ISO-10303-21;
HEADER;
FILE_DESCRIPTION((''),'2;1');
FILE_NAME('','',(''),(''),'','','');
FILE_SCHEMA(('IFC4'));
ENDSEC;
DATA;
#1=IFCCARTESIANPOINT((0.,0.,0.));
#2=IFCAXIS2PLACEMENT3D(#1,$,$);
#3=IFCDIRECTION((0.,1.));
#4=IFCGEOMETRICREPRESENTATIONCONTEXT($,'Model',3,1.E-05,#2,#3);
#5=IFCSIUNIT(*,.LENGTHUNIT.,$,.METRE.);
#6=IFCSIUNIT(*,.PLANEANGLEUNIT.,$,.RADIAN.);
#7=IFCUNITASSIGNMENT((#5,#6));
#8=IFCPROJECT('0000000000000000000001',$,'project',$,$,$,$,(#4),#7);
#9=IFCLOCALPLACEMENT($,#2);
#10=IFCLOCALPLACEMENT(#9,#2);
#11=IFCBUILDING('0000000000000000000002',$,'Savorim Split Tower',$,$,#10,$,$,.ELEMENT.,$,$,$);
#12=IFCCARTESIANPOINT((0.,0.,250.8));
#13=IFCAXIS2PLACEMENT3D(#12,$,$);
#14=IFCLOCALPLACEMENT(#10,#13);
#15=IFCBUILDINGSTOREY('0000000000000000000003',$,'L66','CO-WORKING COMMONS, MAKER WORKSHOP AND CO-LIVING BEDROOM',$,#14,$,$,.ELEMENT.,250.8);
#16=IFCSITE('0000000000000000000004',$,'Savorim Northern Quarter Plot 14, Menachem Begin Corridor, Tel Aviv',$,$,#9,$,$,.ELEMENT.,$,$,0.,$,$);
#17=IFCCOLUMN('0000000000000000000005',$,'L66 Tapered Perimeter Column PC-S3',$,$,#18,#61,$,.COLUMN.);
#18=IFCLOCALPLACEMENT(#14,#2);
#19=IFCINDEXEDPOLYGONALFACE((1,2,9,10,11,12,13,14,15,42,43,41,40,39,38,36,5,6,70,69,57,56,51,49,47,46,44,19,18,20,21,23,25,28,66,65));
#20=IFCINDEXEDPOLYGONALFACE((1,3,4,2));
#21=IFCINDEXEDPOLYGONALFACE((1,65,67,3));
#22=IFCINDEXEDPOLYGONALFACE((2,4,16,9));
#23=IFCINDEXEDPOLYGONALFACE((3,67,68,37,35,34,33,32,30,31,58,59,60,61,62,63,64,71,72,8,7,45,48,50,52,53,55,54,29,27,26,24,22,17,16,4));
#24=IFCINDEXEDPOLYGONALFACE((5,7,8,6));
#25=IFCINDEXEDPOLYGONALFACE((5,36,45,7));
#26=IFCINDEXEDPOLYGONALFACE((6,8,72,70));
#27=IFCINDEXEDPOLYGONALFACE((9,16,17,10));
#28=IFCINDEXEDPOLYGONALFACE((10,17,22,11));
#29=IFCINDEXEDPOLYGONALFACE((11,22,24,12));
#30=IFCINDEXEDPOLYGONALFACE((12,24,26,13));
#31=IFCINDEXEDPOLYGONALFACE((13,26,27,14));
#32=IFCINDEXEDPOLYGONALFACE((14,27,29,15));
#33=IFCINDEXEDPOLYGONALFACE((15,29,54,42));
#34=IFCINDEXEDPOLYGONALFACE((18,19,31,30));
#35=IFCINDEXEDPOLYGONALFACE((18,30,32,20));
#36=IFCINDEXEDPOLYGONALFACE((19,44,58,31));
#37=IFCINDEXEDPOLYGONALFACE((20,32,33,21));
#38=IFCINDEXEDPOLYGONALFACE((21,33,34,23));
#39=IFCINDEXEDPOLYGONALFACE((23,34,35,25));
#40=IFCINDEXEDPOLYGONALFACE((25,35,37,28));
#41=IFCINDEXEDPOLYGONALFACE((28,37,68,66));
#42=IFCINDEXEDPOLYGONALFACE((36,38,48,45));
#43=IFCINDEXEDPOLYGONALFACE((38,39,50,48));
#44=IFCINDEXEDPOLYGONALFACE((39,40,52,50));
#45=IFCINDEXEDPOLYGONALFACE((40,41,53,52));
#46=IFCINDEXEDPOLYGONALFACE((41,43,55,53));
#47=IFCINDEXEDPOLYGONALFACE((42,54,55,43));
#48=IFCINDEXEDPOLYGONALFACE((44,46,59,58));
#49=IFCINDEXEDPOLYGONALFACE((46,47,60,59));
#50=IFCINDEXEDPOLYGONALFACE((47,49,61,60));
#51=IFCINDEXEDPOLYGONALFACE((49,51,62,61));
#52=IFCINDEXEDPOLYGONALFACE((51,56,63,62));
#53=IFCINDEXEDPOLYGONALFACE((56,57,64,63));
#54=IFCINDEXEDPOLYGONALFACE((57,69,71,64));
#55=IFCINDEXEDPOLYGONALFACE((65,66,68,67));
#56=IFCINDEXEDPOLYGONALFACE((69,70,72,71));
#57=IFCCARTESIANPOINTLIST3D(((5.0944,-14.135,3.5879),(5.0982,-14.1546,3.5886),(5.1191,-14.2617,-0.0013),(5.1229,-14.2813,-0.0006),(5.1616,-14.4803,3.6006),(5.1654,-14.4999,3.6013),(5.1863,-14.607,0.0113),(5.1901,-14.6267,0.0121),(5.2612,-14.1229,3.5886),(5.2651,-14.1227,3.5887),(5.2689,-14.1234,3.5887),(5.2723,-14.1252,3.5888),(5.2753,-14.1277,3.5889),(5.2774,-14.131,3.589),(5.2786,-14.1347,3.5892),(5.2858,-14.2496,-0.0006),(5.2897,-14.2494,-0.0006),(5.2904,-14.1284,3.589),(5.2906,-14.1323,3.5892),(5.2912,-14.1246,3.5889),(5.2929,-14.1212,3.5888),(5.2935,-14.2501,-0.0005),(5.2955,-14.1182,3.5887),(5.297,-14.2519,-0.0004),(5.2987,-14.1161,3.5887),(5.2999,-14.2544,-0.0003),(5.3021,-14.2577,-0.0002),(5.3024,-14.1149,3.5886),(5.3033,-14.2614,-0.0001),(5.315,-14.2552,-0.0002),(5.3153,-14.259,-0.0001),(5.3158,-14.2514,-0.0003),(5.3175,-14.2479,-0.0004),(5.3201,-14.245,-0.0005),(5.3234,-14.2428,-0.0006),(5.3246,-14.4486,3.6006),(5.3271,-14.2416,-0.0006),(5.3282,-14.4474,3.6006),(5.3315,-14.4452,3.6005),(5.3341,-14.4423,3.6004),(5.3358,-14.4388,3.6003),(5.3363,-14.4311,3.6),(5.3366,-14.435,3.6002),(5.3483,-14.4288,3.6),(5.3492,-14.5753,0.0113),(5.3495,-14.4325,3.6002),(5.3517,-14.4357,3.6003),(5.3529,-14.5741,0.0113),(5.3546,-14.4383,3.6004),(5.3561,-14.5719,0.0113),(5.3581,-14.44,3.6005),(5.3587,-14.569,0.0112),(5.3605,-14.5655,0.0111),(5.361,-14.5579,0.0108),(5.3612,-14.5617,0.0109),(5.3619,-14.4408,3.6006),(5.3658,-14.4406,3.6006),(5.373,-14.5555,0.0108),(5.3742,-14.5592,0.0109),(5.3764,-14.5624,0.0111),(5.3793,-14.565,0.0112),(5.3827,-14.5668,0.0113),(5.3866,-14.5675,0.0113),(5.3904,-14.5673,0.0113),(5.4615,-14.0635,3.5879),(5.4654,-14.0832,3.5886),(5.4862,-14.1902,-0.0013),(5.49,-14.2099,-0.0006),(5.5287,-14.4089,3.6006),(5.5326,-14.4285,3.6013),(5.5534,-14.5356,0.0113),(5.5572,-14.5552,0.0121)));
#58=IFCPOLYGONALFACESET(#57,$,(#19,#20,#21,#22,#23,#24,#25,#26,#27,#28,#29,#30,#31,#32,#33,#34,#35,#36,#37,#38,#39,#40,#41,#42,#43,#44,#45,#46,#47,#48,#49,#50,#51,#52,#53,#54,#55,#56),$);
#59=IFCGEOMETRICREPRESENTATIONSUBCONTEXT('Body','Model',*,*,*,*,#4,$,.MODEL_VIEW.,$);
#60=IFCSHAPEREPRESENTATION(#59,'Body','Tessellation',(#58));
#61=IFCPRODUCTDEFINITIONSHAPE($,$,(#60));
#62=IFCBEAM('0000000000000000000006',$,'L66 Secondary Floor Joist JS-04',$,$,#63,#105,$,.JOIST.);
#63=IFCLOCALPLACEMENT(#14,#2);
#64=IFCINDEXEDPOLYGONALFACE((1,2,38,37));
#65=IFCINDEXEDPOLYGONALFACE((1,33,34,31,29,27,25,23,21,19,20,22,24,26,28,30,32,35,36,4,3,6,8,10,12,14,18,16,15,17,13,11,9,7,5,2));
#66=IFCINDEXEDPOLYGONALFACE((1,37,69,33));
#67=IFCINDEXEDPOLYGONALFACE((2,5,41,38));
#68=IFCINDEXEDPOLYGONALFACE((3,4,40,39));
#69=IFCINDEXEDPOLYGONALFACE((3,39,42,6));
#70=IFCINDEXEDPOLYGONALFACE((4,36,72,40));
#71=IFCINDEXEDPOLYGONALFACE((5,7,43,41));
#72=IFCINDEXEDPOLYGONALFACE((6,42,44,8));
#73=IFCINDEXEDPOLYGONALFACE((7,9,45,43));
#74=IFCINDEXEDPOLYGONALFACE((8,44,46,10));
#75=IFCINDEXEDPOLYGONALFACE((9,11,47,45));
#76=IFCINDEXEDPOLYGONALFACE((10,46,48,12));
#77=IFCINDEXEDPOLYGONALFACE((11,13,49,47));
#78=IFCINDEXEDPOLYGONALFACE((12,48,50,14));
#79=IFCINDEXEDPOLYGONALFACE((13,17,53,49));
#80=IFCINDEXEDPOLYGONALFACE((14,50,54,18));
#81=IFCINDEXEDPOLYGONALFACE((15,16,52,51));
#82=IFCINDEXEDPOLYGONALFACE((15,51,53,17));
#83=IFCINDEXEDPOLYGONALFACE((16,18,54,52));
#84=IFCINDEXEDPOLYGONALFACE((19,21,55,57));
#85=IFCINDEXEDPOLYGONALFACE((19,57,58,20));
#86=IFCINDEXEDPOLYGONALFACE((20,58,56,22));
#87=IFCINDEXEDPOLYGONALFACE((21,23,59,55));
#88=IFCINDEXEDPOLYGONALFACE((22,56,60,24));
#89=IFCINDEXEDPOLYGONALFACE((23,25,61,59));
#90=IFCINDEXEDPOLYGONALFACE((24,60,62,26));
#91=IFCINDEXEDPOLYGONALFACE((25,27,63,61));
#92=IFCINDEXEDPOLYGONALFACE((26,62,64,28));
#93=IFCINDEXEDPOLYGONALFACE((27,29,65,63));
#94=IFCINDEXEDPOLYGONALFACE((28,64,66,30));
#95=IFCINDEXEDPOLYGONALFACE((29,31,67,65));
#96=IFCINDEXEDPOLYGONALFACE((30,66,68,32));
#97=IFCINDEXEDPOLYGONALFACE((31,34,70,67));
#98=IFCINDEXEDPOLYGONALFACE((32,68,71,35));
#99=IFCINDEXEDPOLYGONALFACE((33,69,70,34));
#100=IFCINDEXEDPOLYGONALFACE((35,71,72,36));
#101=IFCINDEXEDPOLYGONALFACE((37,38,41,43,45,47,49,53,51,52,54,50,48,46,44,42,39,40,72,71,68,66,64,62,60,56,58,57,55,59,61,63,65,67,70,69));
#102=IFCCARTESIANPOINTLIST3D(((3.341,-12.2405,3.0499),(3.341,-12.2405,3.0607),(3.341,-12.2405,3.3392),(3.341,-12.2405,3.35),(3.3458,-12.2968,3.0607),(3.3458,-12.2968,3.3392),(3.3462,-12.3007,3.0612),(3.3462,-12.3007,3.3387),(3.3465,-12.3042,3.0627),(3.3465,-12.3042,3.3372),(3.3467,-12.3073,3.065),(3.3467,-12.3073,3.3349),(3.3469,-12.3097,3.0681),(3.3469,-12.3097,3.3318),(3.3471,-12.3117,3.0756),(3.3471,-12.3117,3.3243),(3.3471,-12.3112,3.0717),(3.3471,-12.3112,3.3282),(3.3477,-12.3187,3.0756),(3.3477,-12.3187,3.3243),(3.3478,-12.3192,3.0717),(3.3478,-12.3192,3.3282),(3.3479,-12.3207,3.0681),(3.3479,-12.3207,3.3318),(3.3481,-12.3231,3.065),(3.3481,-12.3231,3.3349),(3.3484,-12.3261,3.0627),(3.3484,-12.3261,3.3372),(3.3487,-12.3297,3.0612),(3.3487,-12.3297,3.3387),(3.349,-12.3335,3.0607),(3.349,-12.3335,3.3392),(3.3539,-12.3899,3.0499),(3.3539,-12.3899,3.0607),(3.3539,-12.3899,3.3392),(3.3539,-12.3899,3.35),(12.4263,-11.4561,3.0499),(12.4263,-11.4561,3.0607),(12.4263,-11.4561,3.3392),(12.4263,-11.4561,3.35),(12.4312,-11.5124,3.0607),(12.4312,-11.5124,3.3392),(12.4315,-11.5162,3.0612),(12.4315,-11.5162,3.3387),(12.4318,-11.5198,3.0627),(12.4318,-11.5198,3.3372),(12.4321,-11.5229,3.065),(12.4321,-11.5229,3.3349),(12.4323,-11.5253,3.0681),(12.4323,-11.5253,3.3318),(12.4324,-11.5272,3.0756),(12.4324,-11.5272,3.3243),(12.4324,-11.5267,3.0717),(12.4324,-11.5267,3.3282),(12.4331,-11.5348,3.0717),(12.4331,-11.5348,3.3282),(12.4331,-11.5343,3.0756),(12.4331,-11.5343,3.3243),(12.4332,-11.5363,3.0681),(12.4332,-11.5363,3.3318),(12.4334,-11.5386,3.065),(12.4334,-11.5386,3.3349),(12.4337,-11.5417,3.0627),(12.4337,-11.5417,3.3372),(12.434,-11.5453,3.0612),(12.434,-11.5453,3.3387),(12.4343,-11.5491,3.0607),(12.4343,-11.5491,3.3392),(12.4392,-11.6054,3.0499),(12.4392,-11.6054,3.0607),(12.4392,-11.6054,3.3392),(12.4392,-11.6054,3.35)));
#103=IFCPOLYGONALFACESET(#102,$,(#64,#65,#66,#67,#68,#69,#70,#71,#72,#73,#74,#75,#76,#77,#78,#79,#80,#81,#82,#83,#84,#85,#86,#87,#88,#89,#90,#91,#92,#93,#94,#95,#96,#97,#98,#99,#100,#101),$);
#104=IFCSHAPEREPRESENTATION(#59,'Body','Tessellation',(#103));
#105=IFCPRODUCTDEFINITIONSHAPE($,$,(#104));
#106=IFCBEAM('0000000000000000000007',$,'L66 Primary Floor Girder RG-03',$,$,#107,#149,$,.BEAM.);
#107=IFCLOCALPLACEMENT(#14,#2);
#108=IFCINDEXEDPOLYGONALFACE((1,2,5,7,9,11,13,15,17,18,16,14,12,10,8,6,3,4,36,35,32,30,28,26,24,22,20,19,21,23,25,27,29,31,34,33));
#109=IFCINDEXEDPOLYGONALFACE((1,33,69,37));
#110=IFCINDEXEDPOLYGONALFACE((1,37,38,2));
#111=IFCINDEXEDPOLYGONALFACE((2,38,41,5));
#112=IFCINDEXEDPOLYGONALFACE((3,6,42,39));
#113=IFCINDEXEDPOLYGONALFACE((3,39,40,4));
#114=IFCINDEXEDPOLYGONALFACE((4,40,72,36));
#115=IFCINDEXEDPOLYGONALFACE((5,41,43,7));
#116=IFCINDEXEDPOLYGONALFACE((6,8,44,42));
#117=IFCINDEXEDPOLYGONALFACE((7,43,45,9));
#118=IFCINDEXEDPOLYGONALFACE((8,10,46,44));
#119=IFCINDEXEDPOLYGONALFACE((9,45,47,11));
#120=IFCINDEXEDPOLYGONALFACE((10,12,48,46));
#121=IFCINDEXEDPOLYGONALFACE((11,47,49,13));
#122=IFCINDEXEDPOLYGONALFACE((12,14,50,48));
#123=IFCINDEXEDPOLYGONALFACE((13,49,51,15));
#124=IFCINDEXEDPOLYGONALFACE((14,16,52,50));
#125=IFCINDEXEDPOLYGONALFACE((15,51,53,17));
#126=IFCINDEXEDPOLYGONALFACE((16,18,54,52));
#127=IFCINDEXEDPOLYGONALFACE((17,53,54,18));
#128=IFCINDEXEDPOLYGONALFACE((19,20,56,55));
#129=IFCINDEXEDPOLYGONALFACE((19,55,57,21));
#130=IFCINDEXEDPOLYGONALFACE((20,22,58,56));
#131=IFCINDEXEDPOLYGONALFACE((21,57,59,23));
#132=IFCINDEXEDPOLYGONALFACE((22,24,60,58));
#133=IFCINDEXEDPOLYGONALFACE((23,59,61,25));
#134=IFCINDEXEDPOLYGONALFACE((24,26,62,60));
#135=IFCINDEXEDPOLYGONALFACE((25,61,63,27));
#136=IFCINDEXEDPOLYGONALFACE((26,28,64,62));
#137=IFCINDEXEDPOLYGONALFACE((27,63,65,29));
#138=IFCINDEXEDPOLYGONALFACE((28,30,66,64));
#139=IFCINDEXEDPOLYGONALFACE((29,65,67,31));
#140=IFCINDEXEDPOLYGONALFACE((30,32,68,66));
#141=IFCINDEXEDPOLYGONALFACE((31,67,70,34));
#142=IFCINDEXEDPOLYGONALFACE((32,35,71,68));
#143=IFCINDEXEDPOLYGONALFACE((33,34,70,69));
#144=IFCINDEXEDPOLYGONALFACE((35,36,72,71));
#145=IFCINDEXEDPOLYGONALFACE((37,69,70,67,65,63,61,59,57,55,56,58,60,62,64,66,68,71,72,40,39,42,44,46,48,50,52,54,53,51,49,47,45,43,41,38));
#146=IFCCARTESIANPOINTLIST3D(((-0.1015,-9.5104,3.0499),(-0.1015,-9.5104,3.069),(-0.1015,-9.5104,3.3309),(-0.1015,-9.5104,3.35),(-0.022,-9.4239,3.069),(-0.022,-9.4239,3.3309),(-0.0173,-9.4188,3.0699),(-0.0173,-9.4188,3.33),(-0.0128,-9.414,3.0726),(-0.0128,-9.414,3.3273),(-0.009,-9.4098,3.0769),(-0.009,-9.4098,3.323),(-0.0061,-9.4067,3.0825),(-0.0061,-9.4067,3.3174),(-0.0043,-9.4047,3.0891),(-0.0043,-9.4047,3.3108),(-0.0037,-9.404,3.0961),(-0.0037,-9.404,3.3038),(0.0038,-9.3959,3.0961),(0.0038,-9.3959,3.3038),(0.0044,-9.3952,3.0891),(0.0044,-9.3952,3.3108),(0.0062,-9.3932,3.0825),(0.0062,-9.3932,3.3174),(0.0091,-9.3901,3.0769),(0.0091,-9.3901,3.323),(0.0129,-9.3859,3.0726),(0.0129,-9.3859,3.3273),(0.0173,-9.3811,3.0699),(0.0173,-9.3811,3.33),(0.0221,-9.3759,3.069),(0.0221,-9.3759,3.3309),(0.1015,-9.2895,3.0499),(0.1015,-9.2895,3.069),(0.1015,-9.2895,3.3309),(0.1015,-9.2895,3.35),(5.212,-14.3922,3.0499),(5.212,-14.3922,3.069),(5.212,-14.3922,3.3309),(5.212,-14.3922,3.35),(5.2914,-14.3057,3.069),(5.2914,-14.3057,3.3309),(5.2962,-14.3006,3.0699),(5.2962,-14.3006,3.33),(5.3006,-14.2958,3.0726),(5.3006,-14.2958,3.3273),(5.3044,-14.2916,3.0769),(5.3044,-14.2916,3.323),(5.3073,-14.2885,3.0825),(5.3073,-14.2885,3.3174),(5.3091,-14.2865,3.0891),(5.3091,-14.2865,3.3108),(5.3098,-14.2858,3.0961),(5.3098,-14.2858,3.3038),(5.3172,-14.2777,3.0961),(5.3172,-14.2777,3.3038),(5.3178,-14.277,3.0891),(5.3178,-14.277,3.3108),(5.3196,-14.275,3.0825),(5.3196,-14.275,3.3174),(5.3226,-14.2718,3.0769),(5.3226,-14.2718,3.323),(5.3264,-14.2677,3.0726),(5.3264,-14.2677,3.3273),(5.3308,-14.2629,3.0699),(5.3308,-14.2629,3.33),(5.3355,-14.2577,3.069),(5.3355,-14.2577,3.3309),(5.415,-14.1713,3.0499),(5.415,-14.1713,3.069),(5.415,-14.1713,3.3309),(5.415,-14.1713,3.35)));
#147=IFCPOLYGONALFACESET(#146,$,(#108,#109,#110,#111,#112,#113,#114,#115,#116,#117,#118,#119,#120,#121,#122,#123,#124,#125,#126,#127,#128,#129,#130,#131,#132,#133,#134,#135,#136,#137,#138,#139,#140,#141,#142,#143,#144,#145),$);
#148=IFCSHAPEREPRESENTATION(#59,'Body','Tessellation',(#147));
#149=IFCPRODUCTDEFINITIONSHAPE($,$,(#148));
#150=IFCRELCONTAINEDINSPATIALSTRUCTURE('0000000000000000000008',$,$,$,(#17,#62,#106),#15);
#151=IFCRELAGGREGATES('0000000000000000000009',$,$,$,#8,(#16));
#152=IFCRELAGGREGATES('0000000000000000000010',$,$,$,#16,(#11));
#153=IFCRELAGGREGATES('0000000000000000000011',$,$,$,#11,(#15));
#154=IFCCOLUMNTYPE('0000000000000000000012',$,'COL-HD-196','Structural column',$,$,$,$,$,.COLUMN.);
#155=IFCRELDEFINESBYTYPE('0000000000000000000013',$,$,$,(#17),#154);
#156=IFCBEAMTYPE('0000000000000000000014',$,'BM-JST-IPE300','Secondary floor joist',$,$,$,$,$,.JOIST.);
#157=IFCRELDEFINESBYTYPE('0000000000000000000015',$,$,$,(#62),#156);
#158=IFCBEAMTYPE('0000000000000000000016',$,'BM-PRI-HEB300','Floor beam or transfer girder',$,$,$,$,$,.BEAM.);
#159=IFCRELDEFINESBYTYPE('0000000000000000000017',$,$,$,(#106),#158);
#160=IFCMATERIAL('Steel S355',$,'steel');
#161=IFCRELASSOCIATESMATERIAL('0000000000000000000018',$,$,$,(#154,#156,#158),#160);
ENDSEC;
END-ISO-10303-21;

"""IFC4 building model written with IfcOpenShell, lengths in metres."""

from ifc_helpers import new_model, si_unit, direction, frame, origin, origin_2d, place, context, subcontext, project, spatial, i_section, extrude, material, material_profile, profile_set, type_object, element, save


model = new_model("IFC4")

# Units and contexts
model_context = context("Model", 3, precision=1e-05, world=origin(), true_north=direction((0.0, 1.0)))
body_context = subcontext(model_context, "Body", "Model", "MODEL_VIEW")
ifc_project = project(units=[si_unit("LENGTHUNIT", "METRE"), si_unit("PLANEANGLEUNIT", "RADIAN")], contexts=[model_context])

# Site, building, storey
site_placement = place(None, origin())
site = spatial("IfcSite", under=ifc_project, at=site_placement, Name="Savorim Northern Quarter Plot 14, Menachem Begin Corridor, Tel Aviv", CompositionType="ELEMENT", RefElevation=0.0)
building_placement = place(site_placement, origin())
building = spatial("IfcBuilding", under=site, at=building_placement, Name="Savorim Split Tower", CompositionType="ELEMENT")
storey_placement = place(building_placement, frame((0.0, 0.0, 250.8)))
storey = spatial("IfcBuildingStorey", under=building, at=storey_placement, Name="L66", Description="CO-WORKING COMMONS, MAKER WORKSHOP AND CO-LIVING BEDROOM", CompositionType="ELEMENT", Elevation=250.8)

# Column
ifc_material_1 = material(Name="Steel S355", Category="steel")
ifc_material_profile_1 = material_profile(ifc_material_1, i_section(OverallWidth=0.374, OverallDepth=0.3721, WebThickness=0.0122, FlangeThickness=0.02, FilletRadius=0.0149, at=origin_2d()), Name="HD 360x196")
ifc_profile_set_1 = profile_set([ifc_material_profile_1], Name="Steel S355")
column_type = type_object("IfcColumnType", Name="COL-HD-196", Description="Structural column", PredefinedType="COLUMN", material=ifc_profile_set_1)
column_placement = place(storey_placement, frame((5.3381, -14.4084, 0.0054), z_axis=(-0.006866, 0.035281, 0.999354), x_axis=(-0.981586, -0.191022, 0.0)))
element("IfcColumn", 1, at=column_placement, inside=storey, type_object=column_type, Name="L66 Tapered Perimeter Column PC-S3", PredefinedType="COLUMN", context=body_context, shape_type="SweptSolid", body=[
    extrude(i_section(OverallWidth=0.374, OverallDepth=0.3721, WebThickness=0.0122, FlangeThickness=0.02, FilletRadius=0.0149, at=origin_2d()), origin(), (0.0, 0.0, 1.0), 3.5916),
])

# Beams
ifc_material_profile_2 = material_profile(ifc_material_1, i_section(OverallWidth=0.1499, OverallDepth=0.3, WebThickness=0.0071, FlangeThickness=0.0107, FilletRadius=0.0149, at=origin_2d()), Name="IPE 300")
ifc_profile_set_2 = profile_set([ifc_material_profile_2], Name="Steel S355")
beam_type_1 = type_object("IfcBeamType", Name="BM-JST-IPE300", Description="Secondary floor joist", PredefinedType="JOIST", material=ifc_profile_set_2)
beam_1_placement = place(storey_placement, frame((3.3474, -12.3152, 3.2), z_axis=(0.996294, 0.086018, 0.0), x_axis=(-0.086018, 0.996294, 0.0)))
element("IfcBeam", 2, at=beam_1_placement, inside=storey, type_object=beam_type_1, Name="L66 Secondary Floor Joist JS-04", PredefinedType="JOIST", context=body_context, shape_type="SweptSolid", body=[
    extrude(i_section(OverallWidth=0.1499, OverallDepth=0.3, WebThickness=0.0071, FlangeThickness=0.0107, FilletRadius=0.0149, at=origin_2d()), origin(), (0.0, 0.0, 1.0), 9.1191),
])
ifc_material_profile_3 = material_profile(ifc_material_1, i_section(OverallWidth=0.3, OverallDepth=0.3, WebThickness=0.011, FlangeThickness=0.019, FilletRadius=0.0271, at=origin_2d()), Name="HEB 300")
ifc_profile_set_3 = profile_set([ifc_material_profile_3], Name="Steel S355")
beam_type_2 = type_object("IfcBeamType", Name="BM-PRI-HEB300", Description="Floor beam or transfer girder", PredefinedType="BEAM", material=ifc_profile_set_3)
beam_2_placement = place(storey_placement, frame((5.3135, -14.2817, 3.2), z_axis=(-0.736384, 0.676564, 0.0), x_axis=(-0.676564, -0.736384, 0.0)))
element("IfcBeam", 3, at=beam_2_placement, inside=storey, type_object=beam_type_2, Name="L66 Primary Floor Girder RG-03", PredefinedType="BEAM", context=body_context, shape_type="SweptSolid", body=[
    extrude(i_section(OverallWidth=0.3, OverallDepth=0.3, WebThickness=0.011, FlangeThickness=0.019, FilletRadius=0.0271, at=origin_2d()), origin(), (0.0, 0.0, 1.0), 7.2156),
])

save(model, "model.ifc")
